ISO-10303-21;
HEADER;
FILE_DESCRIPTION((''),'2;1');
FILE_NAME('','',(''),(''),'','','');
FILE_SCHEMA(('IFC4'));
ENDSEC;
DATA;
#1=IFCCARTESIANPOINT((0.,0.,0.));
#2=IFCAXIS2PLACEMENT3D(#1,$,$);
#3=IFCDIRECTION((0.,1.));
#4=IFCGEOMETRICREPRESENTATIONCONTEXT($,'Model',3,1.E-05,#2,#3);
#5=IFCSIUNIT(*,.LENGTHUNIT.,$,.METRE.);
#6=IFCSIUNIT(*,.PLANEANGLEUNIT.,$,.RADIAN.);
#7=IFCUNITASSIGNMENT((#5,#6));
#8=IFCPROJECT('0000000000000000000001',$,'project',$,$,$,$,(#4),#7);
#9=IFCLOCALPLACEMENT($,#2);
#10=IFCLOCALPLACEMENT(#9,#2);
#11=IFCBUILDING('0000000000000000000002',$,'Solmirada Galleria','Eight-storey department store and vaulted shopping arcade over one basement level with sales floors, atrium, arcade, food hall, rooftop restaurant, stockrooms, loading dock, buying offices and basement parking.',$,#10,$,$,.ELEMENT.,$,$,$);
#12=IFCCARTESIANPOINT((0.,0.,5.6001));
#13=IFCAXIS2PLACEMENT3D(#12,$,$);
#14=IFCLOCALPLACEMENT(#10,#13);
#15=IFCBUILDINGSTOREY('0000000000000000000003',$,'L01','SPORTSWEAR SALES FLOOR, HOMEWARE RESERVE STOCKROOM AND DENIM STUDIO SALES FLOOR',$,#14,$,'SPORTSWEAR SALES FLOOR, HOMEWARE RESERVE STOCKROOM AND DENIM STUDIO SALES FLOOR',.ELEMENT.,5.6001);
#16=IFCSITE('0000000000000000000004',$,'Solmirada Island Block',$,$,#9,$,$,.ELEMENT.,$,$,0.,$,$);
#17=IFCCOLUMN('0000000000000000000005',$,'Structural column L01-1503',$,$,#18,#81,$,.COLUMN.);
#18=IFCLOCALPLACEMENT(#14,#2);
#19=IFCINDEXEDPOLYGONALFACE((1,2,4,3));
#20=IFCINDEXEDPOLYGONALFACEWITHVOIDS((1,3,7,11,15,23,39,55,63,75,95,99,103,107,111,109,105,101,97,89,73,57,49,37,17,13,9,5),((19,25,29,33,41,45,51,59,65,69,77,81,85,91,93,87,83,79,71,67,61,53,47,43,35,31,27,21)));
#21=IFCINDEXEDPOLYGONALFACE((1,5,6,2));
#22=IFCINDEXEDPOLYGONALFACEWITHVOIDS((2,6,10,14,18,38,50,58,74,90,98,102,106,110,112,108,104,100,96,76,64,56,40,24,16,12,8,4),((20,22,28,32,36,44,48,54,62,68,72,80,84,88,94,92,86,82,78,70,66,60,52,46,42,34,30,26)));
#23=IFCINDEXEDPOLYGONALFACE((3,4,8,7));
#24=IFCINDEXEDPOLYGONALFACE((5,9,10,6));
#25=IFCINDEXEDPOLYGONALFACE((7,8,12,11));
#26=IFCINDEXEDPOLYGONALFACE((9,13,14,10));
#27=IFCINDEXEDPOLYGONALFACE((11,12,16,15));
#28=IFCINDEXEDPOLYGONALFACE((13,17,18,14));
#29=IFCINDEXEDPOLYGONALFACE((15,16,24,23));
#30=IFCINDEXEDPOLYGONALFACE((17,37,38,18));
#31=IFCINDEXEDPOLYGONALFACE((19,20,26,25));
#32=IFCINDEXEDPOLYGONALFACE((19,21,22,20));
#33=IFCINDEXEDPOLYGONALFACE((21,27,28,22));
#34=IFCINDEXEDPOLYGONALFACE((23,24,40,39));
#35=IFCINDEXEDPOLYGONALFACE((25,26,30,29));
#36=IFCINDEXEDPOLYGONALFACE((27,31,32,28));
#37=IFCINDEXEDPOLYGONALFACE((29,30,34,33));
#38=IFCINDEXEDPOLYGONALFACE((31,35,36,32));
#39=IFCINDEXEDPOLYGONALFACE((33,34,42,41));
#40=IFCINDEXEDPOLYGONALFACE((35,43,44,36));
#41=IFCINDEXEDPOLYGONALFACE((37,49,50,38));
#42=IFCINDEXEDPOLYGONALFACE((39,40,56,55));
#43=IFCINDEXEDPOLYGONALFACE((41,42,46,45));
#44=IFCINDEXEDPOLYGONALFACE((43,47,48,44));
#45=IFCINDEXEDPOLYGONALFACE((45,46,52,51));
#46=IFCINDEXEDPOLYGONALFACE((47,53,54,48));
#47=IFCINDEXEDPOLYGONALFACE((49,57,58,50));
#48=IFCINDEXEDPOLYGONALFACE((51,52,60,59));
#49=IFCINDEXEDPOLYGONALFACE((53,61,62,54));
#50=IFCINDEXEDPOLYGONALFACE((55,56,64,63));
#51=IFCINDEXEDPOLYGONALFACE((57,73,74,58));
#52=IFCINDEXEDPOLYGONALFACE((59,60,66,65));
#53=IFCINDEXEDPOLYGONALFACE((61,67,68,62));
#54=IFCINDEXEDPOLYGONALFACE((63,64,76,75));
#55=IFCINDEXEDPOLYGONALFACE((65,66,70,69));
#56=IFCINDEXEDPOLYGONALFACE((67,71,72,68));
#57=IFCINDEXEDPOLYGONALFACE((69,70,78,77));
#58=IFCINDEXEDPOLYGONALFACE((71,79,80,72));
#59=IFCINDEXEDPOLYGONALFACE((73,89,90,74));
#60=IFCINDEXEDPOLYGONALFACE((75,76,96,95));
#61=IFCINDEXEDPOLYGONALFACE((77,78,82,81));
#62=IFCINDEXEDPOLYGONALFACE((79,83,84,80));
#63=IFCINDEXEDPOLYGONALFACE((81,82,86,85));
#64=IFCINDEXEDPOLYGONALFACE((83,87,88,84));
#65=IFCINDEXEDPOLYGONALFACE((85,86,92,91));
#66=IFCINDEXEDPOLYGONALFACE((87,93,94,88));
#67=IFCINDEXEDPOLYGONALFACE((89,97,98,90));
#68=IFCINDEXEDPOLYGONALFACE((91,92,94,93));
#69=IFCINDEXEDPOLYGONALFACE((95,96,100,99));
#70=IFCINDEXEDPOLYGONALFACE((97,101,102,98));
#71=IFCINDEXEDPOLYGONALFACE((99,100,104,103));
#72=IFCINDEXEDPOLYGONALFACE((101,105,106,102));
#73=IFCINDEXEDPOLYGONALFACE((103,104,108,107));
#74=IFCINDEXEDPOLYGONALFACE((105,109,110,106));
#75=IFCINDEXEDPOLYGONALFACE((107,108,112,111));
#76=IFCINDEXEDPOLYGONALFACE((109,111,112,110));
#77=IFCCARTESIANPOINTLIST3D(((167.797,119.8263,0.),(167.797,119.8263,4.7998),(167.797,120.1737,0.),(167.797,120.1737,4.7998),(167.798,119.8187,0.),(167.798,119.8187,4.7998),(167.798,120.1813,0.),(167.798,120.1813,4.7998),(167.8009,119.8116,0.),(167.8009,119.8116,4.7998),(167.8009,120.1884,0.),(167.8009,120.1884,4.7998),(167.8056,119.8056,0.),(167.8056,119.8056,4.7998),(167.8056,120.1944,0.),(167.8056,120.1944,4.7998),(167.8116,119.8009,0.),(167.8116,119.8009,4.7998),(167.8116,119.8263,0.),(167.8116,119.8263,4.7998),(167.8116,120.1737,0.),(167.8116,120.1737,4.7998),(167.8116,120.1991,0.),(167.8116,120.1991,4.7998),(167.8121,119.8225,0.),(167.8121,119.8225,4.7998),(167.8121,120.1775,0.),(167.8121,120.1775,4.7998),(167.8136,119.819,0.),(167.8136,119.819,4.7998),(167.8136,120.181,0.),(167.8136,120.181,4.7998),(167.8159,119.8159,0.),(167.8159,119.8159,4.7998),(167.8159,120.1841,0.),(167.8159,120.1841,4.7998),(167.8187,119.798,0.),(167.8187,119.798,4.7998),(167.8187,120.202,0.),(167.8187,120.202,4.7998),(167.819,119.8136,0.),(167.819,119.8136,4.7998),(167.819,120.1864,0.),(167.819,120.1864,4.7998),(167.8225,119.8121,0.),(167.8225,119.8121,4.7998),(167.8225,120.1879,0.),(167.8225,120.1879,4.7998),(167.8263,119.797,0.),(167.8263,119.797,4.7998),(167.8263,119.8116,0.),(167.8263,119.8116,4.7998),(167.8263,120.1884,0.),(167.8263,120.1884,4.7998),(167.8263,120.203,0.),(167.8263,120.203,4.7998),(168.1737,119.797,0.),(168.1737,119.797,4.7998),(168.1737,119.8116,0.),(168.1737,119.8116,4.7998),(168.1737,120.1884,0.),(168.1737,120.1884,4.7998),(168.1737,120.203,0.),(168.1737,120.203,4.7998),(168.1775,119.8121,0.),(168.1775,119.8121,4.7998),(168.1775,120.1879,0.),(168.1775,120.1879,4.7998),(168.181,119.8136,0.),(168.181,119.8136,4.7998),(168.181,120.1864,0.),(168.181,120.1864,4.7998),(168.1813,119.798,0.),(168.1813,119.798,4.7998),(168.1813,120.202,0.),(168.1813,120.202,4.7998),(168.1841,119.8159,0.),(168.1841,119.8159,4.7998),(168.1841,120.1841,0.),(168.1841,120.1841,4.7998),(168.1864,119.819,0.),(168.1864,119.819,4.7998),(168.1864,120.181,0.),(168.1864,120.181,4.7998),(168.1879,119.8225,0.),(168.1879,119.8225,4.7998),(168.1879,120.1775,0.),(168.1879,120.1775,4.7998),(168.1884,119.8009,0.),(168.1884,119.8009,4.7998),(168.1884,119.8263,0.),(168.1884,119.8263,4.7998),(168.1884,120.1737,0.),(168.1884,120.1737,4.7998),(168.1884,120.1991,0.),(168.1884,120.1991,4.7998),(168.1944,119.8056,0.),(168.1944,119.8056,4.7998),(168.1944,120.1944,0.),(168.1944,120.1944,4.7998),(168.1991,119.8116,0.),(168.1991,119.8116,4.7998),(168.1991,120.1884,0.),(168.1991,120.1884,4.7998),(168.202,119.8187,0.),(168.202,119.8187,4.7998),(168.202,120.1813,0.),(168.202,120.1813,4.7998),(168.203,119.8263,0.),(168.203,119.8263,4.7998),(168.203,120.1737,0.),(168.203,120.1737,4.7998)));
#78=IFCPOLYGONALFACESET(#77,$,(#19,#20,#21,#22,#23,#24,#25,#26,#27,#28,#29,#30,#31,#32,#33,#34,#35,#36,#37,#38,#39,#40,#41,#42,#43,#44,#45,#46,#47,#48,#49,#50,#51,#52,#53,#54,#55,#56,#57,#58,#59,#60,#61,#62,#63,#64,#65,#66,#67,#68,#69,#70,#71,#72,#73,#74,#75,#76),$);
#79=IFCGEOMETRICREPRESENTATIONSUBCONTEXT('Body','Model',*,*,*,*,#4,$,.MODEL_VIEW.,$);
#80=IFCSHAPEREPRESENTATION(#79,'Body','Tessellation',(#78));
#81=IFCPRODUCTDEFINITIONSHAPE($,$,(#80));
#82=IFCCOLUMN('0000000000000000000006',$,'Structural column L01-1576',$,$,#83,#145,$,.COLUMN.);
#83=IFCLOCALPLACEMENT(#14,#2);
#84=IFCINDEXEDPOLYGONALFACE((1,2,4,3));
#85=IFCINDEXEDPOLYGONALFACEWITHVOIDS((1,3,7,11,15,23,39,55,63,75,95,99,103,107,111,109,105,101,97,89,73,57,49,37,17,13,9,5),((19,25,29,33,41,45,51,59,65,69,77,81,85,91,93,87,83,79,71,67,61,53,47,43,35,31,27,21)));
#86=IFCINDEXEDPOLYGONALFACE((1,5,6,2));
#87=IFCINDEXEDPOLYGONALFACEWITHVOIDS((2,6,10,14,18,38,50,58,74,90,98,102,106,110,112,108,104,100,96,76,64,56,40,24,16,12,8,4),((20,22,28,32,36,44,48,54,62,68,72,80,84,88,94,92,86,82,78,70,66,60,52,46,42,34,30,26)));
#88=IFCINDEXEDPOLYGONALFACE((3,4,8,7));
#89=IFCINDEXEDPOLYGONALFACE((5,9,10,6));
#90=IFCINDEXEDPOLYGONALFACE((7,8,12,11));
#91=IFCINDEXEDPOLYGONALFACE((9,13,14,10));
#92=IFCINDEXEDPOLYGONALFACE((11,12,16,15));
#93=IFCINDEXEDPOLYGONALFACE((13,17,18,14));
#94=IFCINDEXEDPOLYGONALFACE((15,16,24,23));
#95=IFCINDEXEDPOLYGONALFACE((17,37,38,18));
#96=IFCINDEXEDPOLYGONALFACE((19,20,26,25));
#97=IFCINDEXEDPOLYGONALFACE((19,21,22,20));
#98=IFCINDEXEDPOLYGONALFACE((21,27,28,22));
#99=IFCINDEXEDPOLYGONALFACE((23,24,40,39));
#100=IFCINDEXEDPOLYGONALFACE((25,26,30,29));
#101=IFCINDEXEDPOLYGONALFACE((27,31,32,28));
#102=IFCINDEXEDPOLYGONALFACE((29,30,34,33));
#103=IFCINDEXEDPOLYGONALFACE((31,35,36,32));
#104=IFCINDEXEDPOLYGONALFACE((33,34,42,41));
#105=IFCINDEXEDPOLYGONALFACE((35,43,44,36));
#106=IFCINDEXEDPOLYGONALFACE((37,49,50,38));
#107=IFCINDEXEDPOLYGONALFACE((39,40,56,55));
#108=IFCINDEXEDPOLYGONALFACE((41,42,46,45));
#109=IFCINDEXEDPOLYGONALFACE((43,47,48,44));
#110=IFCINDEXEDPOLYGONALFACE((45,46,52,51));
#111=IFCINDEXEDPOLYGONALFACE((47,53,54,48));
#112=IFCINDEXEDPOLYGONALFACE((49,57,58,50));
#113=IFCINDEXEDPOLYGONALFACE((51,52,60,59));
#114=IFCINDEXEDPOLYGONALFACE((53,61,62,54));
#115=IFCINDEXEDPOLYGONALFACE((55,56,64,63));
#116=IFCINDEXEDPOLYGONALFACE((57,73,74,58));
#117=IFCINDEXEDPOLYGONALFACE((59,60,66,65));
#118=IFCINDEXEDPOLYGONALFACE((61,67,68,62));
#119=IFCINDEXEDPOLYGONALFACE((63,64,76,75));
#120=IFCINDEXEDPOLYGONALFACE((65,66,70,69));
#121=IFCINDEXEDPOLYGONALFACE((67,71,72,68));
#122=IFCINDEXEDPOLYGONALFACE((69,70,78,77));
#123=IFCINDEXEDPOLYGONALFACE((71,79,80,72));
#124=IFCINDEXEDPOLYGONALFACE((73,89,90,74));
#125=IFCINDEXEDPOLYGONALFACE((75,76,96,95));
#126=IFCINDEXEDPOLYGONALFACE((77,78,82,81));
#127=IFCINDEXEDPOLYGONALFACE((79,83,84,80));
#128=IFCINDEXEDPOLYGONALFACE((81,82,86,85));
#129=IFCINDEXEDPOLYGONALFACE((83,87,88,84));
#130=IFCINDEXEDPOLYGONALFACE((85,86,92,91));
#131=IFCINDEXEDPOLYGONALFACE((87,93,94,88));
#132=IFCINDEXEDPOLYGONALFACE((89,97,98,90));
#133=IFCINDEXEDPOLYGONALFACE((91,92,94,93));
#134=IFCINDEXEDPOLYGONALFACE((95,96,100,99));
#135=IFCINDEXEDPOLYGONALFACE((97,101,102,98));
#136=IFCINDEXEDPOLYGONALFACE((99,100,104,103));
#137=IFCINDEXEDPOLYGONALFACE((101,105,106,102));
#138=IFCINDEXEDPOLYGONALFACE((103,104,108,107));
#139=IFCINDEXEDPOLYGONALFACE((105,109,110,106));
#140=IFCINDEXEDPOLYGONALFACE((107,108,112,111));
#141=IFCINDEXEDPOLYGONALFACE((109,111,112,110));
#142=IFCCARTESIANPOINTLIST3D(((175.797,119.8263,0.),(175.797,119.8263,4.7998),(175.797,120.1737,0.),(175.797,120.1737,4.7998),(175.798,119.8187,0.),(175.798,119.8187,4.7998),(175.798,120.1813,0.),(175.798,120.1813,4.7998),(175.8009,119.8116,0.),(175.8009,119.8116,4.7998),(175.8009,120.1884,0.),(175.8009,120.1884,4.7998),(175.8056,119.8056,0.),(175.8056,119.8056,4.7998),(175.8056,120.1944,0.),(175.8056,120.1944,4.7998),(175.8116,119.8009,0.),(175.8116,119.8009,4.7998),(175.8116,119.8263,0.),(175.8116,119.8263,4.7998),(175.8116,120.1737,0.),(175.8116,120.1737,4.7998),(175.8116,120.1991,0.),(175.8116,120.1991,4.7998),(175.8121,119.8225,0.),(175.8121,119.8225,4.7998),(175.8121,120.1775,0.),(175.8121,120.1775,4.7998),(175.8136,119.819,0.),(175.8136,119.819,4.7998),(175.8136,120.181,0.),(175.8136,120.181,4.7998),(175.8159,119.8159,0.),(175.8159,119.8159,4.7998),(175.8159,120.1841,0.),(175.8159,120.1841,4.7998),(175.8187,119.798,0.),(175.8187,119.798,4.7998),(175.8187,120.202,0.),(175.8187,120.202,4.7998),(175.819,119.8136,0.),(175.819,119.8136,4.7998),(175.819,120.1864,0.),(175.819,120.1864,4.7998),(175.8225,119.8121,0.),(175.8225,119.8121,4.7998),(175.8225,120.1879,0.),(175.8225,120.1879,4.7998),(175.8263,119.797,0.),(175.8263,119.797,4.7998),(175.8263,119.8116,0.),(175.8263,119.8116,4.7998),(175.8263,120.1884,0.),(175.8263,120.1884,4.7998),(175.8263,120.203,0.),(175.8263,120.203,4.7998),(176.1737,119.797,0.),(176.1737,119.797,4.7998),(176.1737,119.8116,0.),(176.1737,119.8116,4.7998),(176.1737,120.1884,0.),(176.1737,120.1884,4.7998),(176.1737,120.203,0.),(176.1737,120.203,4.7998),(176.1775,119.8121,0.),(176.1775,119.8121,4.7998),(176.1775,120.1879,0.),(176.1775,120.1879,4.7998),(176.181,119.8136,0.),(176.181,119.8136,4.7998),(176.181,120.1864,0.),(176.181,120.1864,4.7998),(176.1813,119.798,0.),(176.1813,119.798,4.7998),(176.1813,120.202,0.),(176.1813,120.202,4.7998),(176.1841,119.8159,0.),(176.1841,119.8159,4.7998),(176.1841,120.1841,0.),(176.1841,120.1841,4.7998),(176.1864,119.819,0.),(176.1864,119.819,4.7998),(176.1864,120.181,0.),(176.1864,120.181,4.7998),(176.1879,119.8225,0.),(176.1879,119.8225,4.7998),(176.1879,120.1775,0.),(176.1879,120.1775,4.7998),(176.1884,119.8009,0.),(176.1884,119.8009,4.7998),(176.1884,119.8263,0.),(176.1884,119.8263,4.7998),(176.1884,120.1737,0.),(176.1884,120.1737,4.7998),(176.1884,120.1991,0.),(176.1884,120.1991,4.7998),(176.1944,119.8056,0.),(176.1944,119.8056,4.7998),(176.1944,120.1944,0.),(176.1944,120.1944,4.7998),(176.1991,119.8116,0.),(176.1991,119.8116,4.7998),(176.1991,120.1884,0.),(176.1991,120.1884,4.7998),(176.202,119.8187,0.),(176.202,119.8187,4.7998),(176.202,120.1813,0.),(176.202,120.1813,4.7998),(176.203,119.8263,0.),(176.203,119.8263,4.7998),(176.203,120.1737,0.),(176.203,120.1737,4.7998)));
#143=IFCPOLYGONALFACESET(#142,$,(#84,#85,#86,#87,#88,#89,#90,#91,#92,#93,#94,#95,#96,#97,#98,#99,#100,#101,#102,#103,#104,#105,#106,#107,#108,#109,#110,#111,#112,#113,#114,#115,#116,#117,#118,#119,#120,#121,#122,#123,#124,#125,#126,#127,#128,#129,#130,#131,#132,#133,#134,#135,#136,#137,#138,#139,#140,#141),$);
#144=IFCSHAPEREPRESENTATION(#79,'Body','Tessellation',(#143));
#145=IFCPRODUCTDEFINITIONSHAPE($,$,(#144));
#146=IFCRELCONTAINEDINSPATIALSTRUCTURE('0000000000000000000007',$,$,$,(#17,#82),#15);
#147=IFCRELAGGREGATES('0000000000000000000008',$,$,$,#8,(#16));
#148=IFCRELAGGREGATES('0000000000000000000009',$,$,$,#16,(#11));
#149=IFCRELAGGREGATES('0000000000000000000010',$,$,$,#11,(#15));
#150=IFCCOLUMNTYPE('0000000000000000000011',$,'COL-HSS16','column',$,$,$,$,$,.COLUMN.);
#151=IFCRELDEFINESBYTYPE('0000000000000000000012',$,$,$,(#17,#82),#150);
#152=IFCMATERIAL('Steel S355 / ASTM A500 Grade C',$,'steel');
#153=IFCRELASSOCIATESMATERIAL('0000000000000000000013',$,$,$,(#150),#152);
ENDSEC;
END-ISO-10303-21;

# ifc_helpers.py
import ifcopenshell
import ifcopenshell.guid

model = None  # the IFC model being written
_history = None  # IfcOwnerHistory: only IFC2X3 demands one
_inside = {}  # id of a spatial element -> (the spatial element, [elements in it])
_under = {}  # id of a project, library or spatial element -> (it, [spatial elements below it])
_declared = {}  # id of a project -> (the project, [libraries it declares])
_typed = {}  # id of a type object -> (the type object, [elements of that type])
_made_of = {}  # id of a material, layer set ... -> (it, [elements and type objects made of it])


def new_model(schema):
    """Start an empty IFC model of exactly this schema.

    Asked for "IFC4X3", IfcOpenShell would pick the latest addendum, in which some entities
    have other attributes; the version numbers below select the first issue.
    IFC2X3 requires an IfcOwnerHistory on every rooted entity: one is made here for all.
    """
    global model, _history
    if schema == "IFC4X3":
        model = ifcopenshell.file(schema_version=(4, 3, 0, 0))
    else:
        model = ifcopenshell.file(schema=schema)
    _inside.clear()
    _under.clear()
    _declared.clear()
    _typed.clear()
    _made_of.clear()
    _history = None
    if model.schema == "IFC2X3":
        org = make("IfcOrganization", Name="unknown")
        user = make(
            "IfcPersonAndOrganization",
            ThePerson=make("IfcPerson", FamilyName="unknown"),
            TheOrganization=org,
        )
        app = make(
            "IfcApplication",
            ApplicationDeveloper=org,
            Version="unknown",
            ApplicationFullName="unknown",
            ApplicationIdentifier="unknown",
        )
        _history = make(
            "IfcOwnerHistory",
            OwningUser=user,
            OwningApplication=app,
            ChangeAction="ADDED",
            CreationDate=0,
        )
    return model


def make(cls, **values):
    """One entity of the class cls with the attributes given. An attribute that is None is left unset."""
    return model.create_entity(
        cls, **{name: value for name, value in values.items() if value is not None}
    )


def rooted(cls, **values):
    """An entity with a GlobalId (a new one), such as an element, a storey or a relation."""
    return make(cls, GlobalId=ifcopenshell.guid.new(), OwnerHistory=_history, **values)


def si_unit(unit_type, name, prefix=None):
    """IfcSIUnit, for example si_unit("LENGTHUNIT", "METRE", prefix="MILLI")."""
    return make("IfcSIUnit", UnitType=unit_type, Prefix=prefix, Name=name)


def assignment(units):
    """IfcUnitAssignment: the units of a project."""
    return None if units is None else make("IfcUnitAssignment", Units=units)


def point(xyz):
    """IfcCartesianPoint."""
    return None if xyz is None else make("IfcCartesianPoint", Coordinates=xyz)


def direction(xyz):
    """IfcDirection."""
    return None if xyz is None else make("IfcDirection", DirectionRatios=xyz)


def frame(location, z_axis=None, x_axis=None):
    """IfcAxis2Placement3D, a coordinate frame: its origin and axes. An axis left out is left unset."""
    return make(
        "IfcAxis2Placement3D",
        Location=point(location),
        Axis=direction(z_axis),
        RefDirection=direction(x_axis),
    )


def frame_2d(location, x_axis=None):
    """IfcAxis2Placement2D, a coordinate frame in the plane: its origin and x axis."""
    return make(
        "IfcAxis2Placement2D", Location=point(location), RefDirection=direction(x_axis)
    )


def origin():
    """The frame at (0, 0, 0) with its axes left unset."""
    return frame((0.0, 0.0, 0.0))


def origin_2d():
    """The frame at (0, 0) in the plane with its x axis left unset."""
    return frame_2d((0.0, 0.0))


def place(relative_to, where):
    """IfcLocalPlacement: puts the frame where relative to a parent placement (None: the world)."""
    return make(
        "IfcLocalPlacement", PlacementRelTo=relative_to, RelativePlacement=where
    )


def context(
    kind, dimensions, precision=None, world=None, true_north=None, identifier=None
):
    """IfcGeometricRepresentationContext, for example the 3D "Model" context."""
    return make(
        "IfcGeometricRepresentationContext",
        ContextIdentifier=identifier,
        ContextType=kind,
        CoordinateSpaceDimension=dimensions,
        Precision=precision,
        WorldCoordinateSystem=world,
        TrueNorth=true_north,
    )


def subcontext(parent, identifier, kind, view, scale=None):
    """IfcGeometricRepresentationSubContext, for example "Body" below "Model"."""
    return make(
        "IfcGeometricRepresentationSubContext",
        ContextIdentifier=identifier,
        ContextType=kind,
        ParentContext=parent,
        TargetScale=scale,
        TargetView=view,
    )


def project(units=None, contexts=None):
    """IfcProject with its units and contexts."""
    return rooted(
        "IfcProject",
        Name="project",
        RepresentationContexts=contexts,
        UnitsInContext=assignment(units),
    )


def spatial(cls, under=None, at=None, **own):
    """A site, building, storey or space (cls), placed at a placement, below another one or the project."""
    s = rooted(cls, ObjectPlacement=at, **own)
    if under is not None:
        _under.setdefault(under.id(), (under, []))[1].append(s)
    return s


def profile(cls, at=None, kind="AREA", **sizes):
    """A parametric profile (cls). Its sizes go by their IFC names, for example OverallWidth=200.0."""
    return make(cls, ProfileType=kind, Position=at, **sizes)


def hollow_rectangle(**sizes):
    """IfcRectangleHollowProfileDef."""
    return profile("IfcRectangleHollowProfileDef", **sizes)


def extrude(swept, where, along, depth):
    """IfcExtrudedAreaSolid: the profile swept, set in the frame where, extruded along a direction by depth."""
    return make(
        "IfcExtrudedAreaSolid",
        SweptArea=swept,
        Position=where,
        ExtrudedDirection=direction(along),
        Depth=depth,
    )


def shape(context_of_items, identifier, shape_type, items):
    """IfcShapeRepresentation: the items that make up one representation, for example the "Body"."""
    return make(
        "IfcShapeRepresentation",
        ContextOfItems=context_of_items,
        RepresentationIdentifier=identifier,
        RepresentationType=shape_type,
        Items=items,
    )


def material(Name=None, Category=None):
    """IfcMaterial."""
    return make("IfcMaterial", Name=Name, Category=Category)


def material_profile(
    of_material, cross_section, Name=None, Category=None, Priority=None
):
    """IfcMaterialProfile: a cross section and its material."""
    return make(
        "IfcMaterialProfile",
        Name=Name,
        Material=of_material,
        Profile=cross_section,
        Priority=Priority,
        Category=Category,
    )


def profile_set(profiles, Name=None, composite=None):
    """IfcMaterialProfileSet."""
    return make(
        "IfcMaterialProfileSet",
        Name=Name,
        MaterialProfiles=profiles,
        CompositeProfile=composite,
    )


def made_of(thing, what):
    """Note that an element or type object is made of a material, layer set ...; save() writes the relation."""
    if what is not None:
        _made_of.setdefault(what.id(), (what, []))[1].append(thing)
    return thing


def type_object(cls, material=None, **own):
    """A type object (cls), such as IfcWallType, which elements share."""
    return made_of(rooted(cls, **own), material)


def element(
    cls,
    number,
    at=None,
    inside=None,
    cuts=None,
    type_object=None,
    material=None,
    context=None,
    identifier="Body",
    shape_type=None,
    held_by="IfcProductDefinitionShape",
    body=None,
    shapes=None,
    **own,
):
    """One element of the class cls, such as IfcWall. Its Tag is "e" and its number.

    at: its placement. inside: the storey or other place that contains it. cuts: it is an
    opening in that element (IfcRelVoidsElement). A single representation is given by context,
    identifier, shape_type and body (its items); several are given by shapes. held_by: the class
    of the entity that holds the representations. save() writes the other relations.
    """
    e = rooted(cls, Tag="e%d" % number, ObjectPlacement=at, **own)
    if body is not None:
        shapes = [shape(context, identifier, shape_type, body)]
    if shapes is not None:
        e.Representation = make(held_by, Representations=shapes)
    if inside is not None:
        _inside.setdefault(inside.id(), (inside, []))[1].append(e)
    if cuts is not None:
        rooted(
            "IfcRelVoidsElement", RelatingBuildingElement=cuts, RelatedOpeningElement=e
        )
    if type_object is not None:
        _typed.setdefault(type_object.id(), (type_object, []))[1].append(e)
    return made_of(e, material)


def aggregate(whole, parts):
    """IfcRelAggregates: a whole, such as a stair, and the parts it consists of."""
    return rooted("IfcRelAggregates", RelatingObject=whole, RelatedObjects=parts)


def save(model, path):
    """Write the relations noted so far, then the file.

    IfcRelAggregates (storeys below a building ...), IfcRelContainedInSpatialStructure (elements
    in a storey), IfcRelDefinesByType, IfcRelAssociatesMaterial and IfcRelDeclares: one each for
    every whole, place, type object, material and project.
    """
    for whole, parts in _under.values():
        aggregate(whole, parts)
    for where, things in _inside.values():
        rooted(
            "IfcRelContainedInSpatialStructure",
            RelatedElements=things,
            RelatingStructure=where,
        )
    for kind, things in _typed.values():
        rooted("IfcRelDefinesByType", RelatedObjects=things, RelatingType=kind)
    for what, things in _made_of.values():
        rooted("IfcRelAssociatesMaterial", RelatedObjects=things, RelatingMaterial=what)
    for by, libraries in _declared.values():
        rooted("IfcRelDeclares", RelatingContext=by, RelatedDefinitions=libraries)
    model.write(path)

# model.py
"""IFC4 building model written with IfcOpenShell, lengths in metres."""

from ifc_helpers import new_model, si_unit, direction, frame, origin, origin_2d, place, context, subcontext, project, spatial, hollow_rectangle, extrude, material, material_profile, profile_set, type_object, element, save


model = new_model("IFC4")

# Units and contexts
model_context = context("Model", 3, precision=1e-05, world=origin(), true_north=direction((0.0, 1.0)))
body_context = subcontext(model_context, "Body", "Model", "MODEL_VIEW")
ifc_project = project(units=[si_unit("LENGTHUNIT", "METRE"), si_unit("PLANEANGLEUNIT", "RADIAN")], contexts=[model_context])

# Site, building, storey
site_placement = place(None, origin())
site = spatial("IfcSite", under=ifc_project, at=site_placement, Name="Solmirada Island Block", CompositionType="ELEMENT", RefElevation=0.0)
building_placement = place(site_placement, origin())
building = spatial("IfcBuilding", under=site, at=building_placement, Name="Solmirada Galleria", Description="Eight-storey department store and vaulted shopping arcade over one basement level with sales floors, atrium, arcade, food hall, rooftop restaurant, stockrooms, loading dock, buying offices and basement parking.", CompositionType="ELEMENT")
storey_placement = place(building_placement, frame((0.0, 0.0, 5.6001)))
storey = spatial("IfcBuildingStorey", under=building, at=storey_placement, Name="L01", Description="SPORTSWEAR SALES FLOOR, HOMEWARE RESERVE STOCKROOM AND DENIM STUDIO SALES FLOOR", LongName="SPORTSWEAR SALES FLOOR, HOMEWARE RESERVE STOCKROOM AND DENIM STUDIO SALES FLOOR", CompositionType="ELEMENT", Elevation=5.6001)

# Columns
ifc_material_1 = material(Name="Steel S355 / ASTM A500 Grade C", Category="steel")
ifc_material_profile_1 = material_profile(ifc_material_1, hollow_rectangle(XDim=0.406, YDim=0.406, WallThickness=0.0146, InnerFilletRadius=0.0146, OuterFilletRadius=0.0293, at=origin_2d()), Name="HSS16X16X5/8")
ifc_profile_set_1 = profile_set([ifc_material_profile_1], Name="Steel S355 / ASTM A500 Grade C")
column_type = type_object("IfcColumnType", Name="COL-HSS16", Description="column", PredefinedType="COLUMN", material=ifc_profile_set_1)
for number, where, z_axis, x_axis, name in (
    (1, (168.0, 120.0, 0.0), (0.0, 0.0, 1.0), (1.0, 0.0, 0.0), "Structural column L01-1503"),
    (2, (176.0, 120.0, 0.0), (0.0, 0.0, 1.0), (1.0, 0.0, 0.0), "Structural column L01-1576"),
):
    element("IfcColumn", number, at=place(storey_placement, frame(where, z_axis=z_axis, x_axis=x_axis)), inside=storey, type_object=column_type, Name=name, PredefinedType="COLUMN", context=body_context, shape_type="SweptSolid", body=[
        extrude(hollow_rectangle(XDim=0.406, YDim=0.406, WallThickness=0.0146, InnerFilletRadius=0.0146, OuterFilletRadius=0.0293, at=origin_2d()), origin(), (0.0, 0.0, 1.0), 4.7998),
    ])

save(model, "model.ifc")
